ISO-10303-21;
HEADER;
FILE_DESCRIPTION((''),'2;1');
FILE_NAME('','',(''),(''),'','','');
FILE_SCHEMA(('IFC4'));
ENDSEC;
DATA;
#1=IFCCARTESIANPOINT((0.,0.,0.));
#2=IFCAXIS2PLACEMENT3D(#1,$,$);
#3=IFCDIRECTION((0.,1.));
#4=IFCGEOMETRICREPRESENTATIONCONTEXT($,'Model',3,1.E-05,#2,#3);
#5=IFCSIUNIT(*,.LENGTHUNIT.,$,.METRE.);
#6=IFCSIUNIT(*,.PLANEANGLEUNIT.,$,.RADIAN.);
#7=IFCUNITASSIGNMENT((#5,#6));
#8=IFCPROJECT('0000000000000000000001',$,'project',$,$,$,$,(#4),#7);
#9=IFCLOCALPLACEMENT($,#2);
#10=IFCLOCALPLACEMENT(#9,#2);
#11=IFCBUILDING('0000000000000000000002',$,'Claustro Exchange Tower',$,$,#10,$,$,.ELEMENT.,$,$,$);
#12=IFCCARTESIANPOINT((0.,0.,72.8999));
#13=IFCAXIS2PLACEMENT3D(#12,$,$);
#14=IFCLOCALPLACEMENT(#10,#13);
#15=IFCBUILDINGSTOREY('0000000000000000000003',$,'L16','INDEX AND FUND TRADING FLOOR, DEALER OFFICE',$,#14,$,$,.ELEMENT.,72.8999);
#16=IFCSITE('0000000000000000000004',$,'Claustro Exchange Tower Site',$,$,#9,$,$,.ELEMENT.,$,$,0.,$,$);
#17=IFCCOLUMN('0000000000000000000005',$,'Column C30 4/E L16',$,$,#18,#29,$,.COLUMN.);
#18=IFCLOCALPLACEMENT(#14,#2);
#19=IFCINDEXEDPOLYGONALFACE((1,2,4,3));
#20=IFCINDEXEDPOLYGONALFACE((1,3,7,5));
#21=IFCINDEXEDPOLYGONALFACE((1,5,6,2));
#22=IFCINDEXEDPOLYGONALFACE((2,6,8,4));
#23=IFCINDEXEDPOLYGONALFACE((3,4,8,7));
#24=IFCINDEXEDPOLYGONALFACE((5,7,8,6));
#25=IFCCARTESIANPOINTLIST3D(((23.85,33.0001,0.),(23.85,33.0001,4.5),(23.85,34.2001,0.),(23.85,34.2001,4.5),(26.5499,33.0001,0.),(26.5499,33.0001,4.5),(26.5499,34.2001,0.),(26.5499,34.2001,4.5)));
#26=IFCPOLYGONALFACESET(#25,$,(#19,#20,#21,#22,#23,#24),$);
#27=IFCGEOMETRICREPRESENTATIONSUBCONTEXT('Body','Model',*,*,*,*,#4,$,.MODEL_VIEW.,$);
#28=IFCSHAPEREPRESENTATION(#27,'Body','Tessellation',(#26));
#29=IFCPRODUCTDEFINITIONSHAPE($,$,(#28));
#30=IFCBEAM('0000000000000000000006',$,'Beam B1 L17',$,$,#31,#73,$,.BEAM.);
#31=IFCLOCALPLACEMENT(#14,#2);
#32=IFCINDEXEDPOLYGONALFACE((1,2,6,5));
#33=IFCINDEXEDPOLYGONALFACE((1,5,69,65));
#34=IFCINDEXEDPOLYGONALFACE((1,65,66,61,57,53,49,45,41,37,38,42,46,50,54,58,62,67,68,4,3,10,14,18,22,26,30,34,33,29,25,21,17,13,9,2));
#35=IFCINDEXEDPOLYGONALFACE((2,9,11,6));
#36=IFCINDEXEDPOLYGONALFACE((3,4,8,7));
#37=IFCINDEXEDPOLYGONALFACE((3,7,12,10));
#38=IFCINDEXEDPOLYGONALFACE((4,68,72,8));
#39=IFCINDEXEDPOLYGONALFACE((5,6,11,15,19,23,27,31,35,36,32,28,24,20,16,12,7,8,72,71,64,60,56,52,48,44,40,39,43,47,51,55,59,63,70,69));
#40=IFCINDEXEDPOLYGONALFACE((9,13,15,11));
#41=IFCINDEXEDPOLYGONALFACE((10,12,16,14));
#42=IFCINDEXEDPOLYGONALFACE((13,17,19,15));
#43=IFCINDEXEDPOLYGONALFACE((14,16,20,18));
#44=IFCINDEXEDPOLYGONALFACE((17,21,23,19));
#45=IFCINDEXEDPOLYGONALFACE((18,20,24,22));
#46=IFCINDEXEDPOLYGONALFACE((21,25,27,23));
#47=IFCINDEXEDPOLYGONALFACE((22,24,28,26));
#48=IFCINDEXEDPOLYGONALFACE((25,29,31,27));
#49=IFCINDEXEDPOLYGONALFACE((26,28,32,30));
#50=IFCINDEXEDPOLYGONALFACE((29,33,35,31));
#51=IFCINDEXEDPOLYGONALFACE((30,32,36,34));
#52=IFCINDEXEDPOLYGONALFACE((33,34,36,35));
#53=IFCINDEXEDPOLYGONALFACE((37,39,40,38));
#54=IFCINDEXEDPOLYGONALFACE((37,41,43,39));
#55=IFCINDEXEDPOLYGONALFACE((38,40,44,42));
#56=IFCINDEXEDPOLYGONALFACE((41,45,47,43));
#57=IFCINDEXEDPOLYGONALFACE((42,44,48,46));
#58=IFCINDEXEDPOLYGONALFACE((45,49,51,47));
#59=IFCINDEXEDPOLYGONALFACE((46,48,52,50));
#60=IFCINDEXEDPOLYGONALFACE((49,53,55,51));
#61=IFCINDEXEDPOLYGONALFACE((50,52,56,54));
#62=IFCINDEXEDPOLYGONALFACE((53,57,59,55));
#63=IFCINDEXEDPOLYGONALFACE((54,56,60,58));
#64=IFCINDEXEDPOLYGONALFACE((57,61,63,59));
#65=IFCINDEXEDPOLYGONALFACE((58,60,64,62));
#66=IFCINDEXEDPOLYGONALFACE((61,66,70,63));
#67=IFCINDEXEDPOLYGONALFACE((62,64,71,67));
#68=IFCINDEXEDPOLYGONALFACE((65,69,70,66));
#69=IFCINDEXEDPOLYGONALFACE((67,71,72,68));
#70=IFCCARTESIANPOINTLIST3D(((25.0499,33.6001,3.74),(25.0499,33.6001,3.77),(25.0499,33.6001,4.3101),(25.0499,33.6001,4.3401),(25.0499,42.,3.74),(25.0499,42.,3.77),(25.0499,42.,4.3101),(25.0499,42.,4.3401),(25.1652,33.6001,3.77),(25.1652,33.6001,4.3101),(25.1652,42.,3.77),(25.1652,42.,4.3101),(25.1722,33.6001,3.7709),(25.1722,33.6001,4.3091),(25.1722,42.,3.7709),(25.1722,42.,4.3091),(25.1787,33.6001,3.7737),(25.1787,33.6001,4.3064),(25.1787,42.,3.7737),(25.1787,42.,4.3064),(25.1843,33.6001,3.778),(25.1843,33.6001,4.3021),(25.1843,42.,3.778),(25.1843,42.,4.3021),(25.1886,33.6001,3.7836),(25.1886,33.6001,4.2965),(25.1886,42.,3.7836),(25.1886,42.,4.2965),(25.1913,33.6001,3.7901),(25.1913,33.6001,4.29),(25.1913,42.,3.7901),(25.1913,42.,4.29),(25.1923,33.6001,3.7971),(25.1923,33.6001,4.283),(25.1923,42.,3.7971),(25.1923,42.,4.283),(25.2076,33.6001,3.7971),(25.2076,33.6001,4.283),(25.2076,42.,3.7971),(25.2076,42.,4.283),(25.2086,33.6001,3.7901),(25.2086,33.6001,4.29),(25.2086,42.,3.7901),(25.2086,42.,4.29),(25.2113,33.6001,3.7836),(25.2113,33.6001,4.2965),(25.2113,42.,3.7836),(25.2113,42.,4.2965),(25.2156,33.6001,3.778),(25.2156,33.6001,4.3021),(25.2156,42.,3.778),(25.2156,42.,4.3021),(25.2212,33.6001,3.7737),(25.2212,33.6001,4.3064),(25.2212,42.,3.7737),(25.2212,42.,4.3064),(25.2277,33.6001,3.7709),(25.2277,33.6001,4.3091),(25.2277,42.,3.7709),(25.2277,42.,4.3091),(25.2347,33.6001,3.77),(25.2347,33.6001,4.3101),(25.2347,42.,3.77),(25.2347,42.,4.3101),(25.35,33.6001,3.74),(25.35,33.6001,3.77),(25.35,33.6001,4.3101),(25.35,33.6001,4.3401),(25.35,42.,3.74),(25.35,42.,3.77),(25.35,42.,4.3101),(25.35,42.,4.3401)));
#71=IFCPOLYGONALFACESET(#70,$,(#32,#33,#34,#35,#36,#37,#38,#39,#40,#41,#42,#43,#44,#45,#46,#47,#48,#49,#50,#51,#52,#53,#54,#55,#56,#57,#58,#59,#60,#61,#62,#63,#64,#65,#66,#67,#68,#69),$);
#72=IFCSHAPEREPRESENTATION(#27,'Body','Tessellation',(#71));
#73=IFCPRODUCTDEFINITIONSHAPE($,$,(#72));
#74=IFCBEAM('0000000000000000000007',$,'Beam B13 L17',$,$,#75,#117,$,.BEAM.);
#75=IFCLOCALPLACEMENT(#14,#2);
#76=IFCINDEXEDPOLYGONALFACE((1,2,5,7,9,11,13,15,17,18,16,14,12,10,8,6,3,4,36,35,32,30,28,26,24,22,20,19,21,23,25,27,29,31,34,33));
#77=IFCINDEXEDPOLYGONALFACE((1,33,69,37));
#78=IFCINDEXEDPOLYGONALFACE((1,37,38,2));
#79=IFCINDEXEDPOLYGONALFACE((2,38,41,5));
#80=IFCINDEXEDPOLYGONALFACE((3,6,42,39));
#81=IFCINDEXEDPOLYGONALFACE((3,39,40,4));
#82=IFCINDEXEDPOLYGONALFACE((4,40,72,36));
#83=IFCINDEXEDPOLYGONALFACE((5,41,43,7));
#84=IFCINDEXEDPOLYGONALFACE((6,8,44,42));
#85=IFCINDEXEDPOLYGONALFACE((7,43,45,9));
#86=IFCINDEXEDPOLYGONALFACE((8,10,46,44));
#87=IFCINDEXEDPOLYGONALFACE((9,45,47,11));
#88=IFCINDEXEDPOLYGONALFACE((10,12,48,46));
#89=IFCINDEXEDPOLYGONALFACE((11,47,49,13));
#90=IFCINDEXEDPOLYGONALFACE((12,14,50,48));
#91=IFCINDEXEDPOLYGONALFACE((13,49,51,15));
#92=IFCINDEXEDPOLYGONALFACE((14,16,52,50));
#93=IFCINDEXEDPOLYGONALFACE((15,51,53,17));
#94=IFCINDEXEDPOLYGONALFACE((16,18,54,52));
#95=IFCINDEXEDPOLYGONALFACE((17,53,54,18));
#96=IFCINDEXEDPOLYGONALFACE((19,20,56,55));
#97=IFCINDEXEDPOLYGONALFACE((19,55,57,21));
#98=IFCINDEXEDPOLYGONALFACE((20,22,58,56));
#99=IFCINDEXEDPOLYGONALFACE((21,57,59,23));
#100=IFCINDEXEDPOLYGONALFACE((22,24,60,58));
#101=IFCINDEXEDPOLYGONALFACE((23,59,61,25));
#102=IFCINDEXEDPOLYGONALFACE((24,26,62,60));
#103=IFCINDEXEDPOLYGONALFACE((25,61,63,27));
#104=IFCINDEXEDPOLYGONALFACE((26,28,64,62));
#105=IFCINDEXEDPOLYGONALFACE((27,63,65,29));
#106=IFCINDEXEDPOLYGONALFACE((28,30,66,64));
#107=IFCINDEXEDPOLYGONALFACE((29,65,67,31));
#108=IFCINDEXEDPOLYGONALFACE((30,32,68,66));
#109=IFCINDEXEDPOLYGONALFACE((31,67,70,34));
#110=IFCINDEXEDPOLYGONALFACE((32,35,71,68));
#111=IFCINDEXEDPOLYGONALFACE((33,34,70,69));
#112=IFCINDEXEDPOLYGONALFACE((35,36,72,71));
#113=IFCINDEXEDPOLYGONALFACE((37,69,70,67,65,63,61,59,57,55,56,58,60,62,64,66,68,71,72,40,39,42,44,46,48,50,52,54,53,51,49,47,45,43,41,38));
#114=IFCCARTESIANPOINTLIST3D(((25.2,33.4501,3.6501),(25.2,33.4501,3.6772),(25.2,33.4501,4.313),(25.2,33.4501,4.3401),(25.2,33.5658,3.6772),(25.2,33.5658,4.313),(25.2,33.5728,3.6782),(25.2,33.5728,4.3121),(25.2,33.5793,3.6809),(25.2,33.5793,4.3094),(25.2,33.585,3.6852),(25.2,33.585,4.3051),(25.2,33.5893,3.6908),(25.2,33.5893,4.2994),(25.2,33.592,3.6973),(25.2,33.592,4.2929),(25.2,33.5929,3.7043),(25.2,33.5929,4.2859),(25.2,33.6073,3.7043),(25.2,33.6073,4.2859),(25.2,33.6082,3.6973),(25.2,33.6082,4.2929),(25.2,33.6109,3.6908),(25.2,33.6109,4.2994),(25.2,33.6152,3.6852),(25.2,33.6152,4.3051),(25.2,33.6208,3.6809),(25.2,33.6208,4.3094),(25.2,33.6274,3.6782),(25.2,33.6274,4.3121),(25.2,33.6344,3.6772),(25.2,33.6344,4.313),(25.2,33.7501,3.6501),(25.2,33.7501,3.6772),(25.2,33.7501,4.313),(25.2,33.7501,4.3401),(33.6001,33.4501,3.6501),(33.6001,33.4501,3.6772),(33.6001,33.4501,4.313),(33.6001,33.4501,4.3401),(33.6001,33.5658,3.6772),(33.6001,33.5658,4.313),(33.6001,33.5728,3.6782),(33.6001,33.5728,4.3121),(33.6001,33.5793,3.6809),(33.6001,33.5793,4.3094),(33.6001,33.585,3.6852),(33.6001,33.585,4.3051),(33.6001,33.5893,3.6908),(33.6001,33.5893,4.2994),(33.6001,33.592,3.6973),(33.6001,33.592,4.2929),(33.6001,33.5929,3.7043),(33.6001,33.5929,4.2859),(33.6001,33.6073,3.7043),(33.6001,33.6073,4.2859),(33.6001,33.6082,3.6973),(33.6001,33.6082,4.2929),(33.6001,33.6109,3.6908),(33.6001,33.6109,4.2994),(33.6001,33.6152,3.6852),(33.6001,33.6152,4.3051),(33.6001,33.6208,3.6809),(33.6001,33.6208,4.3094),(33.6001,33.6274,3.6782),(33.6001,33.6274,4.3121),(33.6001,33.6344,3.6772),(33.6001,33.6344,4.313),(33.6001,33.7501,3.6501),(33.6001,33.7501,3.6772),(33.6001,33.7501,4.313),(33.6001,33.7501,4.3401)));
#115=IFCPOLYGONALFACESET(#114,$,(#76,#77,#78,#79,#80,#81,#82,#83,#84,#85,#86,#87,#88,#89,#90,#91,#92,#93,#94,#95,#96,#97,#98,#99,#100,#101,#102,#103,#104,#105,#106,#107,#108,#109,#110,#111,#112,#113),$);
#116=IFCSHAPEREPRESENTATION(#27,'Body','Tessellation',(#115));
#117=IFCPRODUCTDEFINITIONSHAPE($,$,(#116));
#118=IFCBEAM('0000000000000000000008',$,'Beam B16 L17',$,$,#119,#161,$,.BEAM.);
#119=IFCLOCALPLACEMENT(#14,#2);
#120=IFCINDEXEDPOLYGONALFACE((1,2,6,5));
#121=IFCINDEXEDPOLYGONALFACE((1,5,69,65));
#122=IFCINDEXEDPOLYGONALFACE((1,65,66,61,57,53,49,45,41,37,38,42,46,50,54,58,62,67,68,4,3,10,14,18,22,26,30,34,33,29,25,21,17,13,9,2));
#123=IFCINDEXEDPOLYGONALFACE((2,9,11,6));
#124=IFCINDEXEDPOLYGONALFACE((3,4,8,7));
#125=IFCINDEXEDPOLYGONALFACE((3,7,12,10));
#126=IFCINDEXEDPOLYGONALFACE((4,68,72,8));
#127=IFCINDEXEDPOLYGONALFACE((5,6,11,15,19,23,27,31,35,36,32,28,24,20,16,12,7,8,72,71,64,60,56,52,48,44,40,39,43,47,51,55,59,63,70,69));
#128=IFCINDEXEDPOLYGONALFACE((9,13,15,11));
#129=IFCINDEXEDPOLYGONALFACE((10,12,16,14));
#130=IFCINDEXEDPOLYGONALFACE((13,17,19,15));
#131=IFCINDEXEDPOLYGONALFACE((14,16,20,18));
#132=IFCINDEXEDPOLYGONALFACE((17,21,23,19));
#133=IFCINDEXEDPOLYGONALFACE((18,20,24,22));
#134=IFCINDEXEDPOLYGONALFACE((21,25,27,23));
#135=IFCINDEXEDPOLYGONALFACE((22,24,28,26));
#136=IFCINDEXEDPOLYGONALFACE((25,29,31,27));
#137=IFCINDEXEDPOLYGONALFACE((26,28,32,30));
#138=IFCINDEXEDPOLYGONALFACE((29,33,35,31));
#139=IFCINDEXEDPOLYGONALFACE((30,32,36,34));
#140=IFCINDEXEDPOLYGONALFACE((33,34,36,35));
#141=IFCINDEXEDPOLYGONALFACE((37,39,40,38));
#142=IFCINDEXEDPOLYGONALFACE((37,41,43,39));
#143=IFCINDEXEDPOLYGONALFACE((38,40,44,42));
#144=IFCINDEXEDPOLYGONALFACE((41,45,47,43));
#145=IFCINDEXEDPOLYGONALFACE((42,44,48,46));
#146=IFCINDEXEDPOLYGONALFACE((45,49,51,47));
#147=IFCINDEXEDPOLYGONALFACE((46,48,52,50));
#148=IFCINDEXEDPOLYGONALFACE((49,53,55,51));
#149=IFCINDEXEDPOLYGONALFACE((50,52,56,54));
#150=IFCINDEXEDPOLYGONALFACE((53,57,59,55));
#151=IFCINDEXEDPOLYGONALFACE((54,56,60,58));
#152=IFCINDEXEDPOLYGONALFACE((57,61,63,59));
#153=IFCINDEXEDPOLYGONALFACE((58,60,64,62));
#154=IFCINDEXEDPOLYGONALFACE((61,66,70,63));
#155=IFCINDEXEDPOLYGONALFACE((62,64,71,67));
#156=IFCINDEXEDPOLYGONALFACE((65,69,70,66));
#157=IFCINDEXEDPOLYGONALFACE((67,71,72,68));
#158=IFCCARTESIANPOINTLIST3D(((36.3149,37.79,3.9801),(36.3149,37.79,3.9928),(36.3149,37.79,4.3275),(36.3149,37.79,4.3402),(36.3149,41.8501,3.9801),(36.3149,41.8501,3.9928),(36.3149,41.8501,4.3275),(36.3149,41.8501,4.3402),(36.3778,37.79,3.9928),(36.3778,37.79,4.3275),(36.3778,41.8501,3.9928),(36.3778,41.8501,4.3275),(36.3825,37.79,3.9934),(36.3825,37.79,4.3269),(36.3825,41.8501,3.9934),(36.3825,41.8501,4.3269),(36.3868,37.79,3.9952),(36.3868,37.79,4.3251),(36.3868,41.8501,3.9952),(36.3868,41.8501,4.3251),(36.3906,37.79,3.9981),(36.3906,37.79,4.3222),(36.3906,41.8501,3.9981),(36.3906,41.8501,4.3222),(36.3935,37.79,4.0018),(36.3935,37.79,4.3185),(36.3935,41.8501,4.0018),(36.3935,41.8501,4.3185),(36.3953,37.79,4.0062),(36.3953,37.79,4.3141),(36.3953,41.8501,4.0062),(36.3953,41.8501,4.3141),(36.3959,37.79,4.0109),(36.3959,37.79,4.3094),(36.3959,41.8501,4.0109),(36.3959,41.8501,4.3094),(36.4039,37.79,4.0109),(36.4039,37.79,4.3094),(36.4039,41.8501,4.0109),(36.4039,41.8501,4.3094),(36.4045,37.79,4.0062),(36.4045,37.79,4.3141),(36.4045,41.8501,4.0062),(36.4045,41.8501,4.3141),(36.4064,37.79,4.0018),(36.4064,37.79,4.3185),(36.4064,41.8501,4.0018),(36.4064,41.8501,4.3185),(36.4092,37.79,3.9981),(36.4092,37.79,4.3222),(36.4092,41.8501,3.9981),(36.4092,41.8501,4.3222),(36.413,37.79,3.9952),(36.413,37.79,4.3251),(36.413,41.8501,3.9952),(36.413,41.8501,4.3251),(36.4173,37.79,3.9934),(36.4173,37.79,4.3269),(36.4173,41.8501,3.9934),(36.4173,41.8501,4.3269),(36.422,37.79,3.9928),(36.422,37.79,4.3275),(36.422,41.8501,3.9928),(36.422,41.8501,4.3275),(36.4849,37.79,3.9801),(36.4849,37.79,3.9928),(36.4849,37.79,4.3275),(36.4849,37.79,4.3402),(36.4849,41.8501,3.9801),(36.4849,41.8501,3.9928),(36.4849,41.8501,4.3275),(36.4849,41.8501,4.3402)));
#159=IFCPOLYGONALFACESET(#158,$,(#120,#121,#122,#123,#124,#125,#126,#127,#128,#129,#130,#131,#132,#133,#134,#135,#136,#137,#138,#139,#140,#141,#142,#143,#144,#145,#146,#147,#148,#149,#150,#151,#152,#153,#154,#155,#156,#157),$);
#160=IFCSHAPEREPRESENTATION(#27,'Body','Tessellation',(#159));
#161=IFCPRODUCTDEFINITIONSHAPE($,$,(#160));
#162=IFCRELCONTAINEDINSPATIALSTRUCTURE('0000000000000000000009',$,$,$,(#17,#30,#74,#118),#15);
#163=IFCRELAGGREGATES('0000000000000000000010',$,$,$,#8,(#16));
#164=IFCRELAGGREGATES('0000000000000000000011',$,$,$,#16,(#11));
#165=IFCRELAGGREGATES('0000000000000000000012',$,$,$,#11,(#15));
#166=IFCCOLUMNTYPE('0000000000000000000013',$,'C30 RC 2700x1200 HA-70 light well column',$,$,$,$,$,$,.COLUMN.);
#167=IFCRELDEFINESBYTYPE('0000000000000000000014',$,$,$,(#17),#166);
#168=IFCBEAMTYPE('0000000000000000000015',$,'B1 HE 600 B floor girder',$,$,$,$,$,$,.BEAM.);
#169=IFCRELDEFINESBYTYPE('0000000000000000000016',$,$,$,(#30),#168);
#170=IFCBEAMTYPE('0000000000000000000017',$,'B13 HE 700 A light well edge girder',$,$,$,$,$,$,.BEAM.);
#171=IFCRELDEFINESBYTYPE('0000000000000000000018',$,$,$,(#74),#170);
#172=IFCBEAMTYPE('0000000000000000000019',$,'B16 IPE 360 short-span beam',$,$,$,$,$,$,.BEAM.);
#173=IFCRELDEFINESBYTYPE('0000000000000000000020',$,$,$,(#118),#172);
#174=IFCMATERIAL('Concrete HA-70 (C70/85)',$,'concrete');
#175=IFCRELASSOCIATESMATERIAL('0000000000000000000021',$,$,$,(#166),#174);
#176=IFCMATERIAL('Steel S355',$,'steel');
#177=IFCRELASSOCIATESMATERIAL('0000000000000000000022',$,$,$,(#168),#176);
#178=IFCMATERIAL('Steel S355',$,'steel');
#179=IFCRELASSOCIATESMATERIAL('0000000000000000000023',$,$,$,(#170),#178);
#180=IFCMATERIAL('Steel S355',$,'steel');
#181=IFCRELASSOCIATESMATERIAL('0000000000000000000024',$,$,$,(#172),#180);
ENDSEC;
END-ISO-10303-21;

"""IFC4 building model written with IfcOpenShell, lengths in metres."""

from ifc_helpers import new_model, si_unit, direction, frame, origin, origin_2d, place, context, subcontext, project, spatial, rectangle, i_section, extrude, material, material_profile, profile_set, type_object, element, save


model = new_model("IFC4")

# Units and contexts
model_context = context("Model", 3, precision=1e-05, world=origin(), true_north=direction((0.0, 1.0)))
body_context = subcontext(model_context, "Body", "Model", "MODEL_VIEW")
ifc_project = project(units=[si_unit("LENGTHUNIT", "METRE"), si_unit("PLANEANGLEUNIT", "RADIAN")], contexts=[model_context])

# Site, building, storey
site_placement = place(None, origin())
site = spatial("IfcSite", under=ifc_project, at=site_placement, Name="Claustro Exchange Tower Site", CompositionType="ELEMENT", RefElevation=0.0)
building_placement = place(site_placement, origin())
building = spatial("IfcBuilding", under=site, at=building_placement, Name="Claustro Exchange Tower", CompositionType="ELEMENT")
storey_placement = place(building_placement, frame((0.0, 0.0, 72.8999)))
storey = spatial("IfcBuildingStorey", under=building, at=storey_placement, Name="L16", Description="INDEX AND FUND TRADING FLOOR, DEALER OFFICE", CompositionType="ELEMENT", Elevation=72.8999)

# Column
ifc_material_1 = material(Name="Concrete HA-70 (C70/85)", Category="concrete")
ifc_material_profile_1 = material_profile(ifc_material_1, rectangle(XDim=2.7, YDim=1.2, at=origin_2d()), Name="RC 2700x1200")
ifc_profile_set_1 = profile_set([ifc_material_profile_1], Name="Concrete HA-70 (C70/85)")
column_type = type_object("IfcColumnType", Name="C30 RC 2700x1200 HA-70 light well column", PredefinedType="COLUMN", material=ifc_profile_set_1)
column_placement = place(storey_placement, frame((25.2, 33.6001, 0.0), z_axis=(0.0, 0.0, 1.0), x_axis=(1.0, 0.0, 0.0)))
element("IfcColumn", 1, at=column_placement, inside=storey, type_object=column_type, Name="Column C30 4/E L16", PredefinedType="COLUMN", context=body_context, shape_type="SweptSolid", body=[
    extrude(rectangle(XDim=2.7, YDim=1.2, at=origin_2d()), origin(), (0.0, 0.0, 1.0), 4.5),
])

# Beams
ifc_material_2 = material(Name="Steel S355", Category="steel")
ifc_material_profile_2 = material_profile(ifc_material_2, i_section(OverallWidth=0.3, OverallDepth=0.6001, WebThickness=0.0154, FlangeThickness=0.03, FilletRadius=0.0271, at=origin_2d()), Name="HE 600 B")
ifc_profile_set_2 = profile_set([ifc_material_profile_2], Name="Steel S355")
beam_type_1 = type_object("IfcBeamType", Name="B1 HE 600 B floor girder", PredefinedType="BEAM", material=ifc_profile_set_2)
beam_1_placement = place(storey_placement, frame((25.2, 33.6001, 4.04), z_axis=(0.0, 1.0, 0.0), x_axis=(-1.0, 0.0, 0.0)))
element("IfcBeam", 2, at=beam_1_placement, inside=storey, type_object=beam_type_1, Name="Beam B1 L17", PredefinedType="BEAM", context=body_context, shape_type="SweptSolid", body=[
    extrude(i_section(OverallWidth=0.3, OverallDepth=0.6001, WebThickness=0.0154, FlangeThickness=0.03, FilletRadius=0.0271, at=origin_2d()), origin(), (0.0, 0.0, 1.0), 8.3999),
])
ifc_material_3 = material(Name="Steel S355", Category="steel")
ifc_material_profile_3 = material_profile(ifc_material_3, i_section(OverallWidth=0.3, OverallDepth=0.6899, WebThickness=0.0144, FlangeThickness=0.0271, FilletRadius=0.0271, at=origin_2d()), Name="HE 700 A")
ifc_profile_set_3 = profile_set([ifc_material_profile_3], Name="Steel S355")
beam_type_2 = type_object("IfcBeamType", Name="B13 HE 700 A light well edge girder", PredefinedType="BEAM", material=ifc_profile_set_3)
beam_2_placement = place(storey_placement, frame((25.2, 33.6001, 3.9951), z_axis=(1.0, 0.0, 0.0), x_axis=(0.0, 1.0, 0.0)))
element("IfcBeam", 3, at=beam_2_placement, inside=storey, type_object=beam_type_2, Name="Beam B13 L17", PredefinedType="BEAM", context=body_context, shape_type="SweptSolid", body=[
    extrude(i_section(OverallWidth=0.3, OverallDepth=0.6899, WebThickness=0.0144, FlangeThickness=0.0271, FilletRadius=0.0271, at=origin_2d()), origin(), (0.0, 0.0, 1.0), 8.4001),
])
ifc_material_4 = material(Name="Steel S355", Category="steel")
ifc_material_profile_4 = material_profile(ifc_material_4, i_section(OverallWidth=0.1699, OverallDepth=0.3601, WebThickness=0.0081, FlangeThickness=0.0127, FilletRadius=0.0181, at=origin_2d()), Name="IPE 360")
ifc_profile_set_4 = profile_set([ifc_material_profile_4], Name="Steel S355")
beam_type_3 = type_object("IfcBeamType", Name="B16 IPE 360 short-span beam", PredefinedType="BEAM", material=ifc_profile_set_4)
for number, where, z_axis, x_axis, name in (
    (4, (36.3999, 37.79, 4.1602), (0.0, 1.0, 0.0), (-1.0, 0.0, 0.0), "Beam B16 L17"),
):
    element("IfcBeam", number, at=place(storey_placement, frame(where, z_axis=z_axis, x_axis=x_axis)), inside=storey, type_object=beam_type_3, Name=name, PredefinedType="BEAM", context=body_context, shape_type="SweptSolid", body=[
        extrude(i_section(OverallWidth=0.1699, OverallDepth=0.3601, WebThickness=0.0081, FlangeThickness=0.0127, FilletRadius=0.0181, at=origin_2d()), origin(), (0.0, 0.0, 1.0), 4.0601),
    ])

save(model, "model.ifc")
